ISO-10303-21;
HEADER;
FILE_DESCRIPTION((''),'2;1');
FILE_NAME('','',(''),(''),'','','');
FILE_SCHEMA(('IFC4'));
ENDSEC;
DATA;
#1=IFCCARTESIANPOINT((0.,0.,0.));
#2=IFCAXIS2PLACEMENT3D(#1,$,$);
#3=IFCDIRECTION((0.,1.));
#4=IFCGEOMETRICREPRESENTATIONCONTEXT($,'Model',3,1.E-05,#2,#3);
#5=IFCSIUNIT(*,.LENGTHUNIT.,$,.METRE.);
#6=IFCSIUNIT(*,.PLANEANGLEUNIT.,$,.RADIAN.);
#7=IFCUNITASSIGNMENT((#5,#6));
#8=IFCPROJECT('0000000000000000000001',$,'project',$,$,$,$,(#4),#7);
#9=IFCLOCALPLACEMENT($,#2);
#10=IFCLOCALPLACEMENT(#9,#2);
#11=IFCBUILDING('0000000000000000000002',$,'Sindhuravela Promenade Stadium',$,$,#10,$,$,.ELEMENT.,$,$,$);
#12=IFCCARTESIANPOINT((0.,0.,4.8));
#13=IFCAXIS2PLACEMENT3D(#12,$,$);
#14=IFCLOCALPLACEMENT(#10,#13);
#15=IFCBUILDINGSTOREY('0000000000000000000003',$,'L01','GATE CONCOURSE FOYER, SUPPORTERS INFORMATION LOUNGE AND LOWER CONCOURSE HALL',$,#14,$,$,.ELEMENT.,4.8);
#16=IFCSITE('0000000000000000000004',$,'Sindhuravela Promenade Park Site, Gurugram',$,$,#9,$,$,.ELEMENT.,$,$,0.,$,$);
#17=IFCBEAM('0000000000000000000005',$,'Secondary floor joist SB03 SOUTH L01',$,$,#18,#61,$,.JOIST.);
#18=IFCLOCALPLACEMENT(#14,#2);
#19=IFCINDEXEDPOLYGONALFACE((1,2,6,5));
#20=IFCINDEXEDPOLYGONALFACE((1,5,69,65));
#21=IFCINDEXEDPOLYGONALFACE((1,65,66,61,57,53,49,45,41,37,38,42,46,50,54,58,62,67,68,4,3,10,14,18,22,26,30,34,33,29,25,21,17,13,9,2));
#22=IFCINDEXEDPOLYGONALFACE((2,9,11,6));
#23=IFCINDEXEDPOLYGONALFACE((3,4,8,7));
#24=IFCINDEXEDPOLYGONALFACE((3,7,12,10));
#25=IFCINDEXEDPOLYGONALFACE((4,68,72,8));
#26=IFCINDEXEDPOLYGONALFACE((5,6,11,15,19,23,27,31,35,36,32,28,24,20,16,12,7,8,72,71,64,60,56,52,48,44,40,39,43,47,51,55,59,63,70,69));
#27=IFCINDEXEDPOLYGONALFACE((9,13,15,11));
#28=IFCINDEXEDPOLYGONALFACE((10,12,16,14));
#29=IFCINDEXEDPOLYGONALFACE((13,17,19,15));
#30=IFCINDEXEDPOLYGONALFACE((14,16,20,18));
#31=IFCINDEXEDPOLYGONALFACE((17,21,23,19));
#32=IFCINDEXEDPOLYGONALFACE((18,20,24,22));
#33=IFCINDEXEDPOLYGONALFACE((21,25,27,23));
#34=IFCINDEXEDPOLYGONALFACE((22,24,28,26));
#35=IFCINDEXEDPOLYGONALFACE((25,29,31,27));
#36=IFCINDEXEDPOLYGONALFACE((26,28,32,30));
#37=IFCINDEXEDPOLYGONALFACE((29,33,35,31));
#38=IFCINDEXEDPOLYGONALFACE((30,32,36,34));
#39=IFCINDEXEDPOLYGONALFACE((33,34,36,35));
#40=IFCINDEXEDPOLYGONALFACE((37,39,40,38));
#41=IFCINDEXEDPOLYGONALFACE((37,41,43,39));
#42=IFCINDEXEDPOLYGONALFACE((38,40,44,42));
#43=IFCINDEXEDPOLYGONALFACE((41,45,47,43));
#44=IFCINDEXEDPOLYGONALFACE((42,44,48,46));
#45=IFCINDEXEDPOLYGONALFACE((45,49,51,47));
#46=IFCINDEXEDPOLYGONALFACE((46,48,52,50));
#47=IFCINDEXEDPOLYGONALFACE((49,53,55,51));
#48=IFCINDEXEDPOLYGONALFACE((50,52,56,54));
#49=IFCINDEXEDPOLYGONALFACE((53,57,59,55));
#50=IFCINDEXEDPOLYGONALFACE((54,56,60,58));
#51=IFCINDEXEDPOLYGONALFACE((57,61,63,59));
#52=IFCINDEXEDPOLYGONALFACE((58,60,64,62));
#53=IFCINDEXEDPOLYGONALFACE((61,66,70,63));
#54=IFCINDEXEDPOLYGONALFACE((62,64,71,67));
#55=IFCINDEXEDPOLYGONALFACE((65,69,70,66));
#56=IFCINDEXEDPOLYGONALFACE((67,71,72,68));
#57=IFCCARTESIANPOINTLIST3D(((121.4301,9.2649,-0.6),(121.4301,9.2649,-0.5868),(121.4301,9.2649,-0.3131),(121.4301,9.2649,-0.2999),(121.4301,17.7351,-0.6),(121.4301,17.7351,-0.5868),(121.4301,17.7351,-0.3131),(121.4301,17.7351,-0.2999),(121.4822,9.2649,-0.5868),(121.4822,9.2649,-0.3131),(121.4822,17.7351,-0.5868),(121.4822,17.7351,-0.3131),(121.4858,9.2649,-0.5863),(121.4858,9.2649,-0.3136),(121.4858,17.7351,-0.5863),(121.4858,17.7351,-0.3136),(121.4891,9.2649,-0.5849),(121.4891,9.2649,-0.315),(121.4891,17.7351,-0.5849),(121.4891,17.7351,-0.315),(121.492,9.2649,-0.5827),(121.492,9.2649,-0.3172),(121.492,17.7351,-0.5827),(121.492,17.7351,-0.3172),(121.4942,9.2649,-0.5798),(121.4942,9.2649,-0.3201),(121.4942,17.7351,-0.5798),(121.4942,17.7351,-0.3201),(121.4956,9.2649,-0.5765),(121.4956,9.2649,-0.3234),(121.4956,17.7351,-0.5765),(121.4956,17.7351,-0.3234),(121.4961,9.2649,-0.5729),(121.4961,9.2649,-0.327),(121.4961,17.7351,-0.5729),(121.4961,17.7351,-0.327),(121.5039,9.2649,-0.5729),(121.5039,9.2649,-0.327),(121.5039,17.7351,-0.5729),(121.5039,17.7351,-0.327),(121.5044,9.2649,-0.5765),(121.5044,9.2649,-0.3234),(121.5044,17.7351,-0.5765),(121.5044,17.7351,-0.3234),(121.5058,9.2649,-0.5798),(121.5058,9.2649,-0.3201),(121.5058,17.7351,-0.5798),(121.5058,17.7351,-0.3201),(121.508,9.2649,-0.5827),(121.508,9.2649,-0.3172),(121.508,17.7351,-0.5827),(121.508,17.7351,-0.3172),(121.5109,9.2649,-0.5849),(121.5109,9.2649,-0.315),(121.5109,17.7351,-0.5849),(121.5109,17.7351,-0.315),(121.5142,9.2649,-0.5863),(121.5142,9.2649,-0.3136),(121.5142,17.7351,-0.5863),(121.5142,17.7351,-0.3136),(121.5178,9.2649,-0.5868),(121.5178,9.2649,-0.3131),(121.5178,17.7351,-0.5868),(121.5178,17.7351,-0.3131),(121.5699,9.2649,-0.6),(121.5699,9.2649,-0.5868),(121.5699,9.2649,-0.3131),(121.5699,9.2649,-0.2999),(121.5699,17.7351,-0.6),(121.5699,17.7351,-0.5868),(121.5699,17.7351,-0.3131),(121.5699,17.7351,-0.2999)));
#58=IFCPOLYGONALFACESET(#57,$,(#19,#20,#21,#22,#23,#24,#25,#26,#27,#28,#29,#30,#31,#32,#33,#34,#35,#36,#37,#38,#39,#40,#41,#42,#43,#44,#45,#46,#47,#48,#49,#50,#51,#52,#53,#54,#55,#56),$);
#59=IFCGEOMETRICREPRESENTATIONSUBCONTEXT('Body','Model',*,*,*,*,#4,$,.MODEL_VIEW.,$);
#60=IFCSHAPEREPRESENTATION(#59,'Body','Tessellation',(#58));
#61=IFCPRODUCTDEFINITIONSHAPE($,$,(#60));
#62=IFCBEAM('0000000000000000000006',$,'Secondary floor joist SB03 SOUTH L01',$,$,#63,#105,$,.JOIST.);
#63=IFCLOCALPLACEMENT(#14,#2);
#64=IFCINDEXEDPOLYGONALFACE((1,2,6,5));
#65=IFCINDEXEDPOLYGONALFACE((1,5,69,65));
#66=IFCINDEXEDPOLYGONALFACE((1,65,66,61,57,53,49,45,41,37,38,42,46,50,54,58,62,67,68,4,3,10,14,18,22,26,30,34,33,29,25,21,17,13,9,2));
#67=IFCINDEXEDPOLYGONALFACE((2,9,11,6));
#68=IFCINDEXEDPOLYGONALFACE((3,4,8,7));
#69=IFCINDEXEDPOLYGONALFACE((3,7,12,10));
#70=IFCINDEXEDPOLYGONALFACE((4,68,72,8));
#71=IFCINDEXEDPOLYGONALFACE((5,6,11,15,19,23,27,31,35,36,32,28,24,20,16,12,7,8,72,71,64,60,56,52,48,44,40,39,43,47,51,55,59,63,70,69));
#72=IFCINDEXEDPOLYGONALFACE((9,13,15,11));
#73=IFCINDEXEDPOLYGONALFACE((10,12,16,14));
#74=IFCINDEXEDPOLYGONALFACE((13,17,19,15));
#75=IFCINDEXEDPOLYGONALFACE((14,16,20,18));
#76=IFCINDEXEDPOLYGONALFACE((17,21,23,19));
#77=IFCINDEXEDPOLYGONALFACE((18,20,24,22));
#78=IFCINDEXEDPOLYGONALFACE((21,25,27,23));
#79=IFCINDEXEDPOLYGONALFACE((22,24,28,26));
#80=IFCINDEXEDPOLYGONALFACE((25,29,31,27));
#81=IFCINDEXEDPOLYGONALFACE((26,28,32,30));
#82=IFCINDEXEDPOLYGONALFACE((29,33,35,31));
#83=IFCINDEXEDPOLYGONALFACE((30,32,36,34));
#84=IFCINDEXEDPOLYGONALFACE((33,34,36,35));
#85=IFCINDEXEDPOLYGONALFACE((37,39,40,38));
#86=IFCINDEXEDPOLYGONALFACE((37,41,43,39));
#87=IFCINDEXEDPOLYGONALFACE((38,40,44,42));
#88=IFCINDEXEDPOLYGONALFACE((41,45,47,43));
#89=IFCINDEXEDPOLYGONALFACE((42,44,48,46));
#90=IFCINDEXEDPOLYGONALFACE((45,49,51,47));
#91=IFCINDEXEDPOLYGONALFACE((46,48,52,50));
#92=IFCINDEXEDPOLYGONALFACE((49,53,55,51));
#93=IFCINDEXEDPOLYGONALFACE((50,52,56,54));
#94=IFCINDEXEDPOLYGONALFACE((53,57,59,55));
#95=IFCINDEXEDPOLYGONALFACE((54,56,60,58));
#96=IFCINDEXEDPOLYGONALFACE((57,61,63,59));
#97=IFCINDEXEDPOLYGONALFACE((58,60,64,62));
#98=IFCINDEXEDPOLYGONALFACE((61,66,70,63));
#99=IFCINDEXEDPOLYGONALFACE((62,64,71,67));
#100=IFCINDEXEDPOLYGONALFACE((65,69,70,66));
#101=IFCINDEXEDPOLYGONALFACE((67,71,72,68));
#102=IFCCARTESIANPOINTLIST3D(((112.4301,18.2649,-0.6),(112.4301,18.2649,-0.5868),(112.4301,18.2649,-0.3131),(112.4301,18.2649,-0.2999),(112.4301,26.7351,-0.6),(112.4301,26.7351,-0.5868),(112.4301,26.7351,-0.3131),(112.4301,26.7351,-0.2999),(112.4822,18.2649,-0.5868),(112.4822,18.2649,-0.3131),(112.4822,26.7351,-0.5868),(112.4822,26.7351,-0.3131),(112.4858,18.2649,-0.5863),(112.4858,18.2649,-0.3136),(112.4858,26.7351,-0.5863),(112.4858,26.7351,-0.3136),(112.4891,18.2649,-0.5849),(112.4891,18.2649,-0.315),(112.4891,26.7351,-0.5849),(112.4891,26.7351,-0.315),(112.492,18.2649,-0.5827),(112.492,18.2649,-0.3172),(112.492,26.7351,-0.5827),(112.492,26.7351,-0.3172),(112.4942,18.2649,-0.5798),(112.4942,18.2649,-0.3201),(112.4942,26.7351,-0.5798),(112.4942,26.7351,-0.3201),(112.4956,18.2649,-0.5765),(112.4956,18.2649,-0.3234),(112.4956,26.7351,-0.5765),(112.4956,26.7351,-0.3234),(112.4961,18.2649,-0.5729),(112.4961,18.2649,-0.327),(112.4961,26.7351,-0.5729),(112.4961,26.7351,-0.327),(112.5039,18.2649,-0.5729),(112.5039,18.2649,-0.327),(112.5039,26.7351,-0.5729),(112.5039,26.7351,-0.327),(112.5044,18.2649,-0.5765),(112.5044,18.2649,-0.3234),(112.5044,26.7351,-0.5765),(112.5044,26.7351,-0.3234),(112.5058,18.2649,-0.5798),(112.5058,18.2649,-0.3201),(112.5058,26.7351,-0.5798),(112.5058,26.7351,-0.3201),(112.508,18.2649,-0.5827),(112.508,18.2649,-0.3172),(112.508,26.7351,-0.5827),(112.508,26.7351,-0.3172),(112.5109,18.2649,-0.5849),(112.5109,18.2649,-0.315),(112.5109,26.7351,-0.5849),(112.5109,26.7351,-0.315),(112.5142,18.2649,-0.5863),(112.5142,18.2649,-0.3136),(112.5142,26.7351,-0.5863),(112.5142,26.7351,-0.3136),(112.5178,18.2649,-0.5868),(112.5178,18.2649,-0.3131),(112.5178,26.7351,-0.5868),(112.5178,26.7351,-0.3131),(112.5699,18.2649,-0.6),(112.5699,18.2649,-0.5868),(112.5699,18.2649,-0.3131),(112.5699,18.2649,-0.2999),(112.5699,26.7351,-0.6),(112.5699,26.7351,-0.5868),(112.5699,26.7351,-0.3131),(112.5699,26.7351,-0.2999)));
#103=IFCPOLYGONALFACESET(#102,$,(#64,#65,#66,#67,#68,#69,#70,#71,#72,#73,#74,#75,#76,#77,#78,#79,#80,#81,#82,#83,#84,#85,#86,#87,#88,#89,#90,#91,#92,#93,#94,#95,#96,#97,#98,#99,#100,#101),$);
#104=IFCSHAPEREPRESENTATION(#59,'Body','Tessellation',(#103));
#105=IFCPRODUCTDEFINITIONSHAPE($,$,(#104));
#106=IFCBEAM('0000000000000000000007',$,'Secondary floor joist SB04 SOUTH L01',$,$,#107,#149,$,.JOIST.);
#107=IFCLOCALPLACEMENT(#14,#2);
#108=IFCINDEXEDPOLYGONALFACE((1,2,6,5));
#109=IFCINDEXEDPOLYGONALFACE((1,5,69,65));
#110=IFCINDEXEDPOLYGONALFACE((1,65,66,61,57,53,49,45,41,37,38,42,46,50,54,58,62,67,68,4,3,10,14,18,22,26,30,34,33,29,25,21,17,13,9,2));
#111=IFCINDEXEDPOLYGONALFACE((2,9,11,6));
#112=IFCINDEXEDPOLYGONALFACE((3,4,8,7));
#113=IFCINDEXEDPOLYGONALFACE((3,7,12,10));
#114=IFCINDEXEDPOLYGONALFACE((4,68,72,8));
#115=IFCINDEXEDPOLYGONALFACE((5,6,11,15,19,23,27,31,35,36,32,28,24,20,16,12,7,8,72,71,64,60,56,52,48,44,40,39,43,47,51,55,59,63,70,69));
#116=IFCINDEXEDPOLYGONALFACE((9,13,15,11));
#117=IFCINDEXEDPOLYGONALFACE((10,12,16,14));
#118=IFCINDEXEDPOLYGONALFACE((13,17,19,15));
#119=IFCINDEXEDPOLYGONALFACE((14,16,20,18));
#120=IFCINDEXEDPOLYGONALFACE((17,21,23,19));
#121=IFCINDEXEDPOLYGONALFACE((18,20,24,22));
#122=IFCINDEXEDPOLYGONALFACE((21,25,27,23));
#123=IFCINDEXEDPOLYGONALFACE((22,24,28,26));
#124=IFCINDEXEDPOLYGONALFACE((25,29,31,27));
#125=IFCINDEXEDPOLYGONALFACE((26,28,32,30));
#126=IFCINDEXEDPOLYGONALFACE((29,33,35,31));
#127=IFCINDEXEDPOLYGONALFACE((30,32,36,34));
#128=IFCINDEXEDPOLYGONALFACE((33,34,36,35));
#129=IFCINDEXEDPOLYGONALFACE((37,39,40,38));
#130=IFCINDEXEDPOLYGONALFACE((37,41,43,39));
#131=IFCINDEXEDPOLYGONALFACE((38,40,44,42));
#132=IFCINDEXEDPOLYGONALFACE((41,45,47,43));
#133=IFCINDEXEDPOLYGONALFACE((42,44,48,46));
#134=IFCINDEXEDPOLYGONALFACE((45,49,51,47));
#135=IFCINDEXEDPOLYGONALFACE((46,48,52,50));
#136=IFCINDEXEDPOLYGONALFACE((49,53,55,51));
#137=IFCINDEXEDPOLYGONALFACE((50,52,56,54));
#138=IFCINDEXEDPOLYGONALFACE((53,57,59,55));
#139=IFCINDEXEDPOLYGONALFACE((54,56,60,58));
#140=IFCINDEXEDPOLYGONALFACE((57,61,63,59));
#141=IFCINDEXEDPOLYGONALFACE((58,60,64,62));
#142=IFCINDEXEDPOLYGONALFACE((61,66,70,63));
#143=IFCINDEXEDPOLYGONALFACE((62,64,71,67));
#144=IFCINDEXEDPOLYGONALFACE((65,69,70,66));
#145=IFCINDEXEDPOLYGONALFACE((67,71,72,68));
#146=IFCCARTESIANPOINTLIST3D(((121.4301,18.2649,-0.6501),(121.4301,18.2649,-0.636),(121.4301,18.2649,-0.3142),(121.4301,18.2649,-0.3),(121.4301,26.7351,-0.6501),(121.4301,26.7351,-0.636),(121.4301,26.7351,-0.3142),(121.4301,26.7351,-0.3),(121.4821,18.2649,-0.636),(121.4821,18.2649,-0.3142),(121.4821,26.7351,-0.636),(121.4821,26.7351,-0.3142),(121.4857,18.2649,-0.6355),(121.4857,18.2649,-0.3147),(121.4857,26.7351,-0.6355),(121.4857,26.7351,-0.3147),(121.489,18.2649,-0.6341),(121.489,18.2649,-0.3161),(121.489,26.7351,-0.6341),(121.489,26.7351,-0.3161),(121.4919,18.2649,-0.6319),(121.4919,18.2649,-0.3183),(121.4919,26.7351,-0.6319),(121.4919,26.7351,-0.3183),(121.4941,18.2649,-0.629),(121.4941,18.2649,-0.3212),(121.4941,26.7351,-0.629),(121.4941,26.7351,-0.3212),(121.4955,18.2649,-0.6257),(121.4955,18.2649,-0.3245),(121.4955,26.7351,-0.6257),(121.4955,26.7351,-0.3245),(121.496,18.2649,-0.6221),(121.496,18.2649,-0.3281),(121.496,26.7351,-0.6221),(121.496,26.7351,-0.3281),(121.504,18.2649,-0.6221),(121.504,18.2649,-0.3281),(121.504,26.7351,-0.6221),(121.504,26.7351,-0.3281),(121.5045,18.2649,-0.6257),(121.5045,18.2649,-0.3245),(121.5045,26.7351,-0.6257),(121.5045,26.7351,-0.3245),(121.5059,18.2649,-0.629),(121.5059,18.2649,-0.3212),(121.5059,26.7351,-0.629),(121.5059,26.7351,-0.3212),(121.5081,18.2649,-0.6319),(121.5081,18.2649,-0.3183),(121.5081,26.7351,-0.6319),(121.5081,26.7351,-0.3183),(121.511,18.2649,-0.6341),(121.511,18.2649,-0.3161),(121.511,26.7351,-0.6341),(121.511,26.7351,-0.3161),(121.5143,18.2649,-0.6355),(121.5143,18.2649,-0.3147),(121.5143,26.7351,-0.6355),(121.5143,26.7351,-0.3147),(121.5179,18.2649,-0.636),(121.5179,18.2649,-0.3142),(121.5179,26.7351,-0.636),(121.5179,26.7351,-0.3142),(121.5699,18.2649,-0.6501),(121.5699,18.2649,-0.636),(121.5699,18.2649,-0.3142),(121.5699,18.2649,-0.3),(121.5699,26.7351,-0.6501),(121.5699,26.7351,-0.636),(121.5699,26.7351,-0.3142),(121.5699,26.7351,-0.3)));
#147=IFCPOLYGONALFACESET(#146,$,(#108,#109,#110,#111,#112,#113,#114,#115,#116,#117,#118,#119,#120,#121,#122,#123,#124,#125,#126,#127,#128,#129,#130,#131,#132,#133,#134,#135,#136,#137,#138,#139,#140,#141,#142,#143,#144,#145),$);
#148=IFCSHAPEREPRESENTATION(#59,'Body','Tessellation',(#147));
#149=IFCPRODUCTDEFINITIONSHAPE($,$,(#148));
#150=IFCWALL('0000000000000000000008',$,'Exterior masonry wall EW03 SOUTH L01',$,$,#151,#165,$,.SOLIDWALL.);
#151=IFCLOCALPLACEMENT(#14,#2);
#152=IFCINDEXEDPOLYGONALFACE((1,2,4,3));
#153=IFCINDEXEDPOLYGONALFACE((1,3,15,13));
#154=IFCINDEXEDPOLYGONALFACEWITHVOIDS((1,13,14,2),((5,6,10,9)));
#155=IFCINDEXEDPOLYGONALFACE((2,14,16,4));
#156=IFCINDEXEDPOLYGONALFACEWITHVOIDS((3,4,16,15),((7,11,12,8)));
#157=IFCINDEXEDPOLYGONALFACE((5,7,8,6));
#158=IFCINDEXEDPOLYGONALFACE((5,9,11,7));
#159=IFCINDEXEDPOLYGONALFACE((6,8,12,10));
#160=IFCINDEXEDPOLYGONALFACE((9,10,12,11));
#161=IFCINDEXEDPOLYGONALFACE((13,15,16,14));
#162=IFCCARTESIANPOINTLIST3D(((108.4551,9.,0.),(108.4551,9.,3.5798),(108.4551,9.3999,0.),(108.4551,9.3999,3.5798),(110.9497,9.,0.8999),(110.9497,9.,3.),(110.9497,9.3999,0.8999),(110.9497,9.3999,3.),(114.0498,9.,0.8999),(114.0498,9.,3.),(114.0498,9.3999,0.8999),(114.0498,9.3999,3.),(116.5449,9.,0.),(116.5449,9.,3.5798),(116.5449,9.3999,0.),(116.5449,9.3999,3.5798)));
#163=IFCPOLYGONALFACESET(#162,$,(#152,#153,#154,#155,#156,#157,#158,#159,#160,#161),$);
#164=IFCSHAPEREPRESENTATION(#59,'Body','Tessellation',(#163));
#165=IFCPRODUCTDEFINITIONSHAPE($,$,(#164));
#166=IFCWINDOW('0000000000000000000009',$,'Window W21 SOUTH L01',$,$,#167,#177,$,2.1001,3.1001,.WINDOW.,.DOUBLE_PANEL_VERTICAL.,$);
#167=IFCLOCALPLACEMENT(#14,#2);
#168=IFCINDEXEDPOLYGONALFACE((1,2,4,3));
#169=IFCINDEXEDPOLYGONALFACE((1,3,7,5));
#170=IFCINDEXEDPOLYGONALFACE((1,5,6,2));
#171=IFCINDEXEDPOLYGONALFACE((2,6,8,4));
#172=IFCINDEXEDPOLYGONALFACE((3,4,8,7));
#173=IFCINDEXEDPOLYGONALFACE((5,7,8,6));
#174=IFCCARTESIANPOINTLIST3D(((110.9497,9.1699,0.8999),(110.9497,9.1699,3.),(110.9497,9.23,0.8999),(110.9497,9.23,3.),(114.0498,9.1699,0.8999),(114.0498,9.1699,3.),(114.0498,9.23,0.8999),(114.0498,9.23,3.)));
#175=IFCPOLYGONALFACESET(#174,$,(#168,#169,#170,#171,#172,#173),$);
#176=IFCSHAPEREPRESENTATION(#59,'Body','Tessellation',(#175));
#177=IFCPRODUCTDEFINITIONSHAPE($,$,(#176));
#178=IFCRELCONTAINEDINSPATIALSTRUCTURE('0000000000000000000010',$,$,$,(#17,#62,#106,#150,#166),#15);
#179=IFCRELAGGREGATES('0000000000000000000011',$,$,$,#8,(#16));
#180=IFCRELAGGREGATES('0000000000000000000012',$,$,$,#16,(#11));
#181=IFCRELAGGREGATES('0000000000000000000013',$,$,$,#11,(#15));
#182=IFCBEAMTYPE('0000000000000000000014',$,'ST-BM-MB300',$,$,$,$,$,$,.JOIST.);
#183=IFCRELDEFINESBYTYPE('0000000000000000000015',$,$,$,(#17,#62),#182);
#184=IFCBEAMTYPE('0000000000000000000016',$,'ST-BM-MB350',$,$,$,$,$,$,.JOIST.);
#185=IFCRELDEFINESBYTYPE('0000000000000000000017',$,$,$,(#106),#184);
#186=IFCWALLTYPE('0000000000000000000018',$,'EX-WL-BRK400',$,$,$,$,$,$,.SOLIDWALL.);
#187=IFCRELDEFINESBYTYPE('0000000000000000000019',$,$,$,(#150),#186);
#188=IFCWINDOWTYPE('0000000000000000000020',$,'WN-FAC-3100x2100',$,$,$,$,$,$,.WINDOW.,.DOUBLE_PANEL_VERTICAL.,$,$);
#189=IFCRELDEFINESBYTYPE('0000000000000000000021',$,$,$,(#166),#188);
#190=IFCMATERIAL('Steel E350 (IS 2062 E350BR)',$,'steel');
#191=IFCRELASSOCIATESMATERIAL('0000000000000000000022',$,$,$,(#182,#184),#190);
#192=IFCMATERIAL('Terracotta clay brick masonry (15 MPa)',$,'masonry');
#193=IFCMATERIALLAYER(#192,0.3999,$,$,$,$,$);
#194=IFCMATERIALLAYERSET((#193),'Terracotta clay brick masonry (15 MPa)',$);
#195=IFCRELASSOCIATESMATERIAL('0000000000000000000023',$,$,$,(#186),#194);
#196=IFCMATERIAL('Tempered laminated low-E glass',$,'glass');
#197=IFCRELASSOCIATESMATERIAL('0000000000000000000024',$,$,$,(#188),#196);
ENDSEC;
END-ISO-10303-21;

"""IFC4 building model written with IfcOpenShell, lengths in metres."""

from ifc_helpers import new_model, si_unit, direction, frame, frame_2d, origin, origin_2d, place, context, subcontext, project, spatial, rectangle, i_section, extrude, material, layer, layer_set, material_profile, profile_set, type_object, element, fill, save


model = new_model("IFC4")

# Units and contexts
model_context = context("Model", 3, precision=1e-05, world=origin(), true_north=direction((0.0, 1.0)))
body_context = subcontext(model_context, "Body", "Model", "MODEL_VIEW")
ifc_project = project(units=[si_unit("LENGTHUNIT", "METRE"), si_unit("PLANEANGLEUNIT", "RADIAN")], contexts=[model_context])

# Site, building, storey
site_placement = place(None, origin())
site = spatial("IfcSite", under=ifc_project, at=site_placement, Name="Sindhuravela Promenade Park Site, Gurugram", CompositionType="ELEMENT", RefElevation=0.0)
building_placement = place(site_placement, origin())
building = spatial("IfcBuilding", under=site, at=building_placement, Name="Sindhuravela Promenade Stadium", CompositionType="ELEMENT")
storey_placement = place(building_placement, frame((0.0, 0.0, 4.8)))
storey = spatial("IfcBuildingStorey", under=building, at=storey_placement, Name="L01", Description="GATE CONCOURSE FOYER, SUPPORTERS INFORMATION LOUNGE AND LOWER CONCOURSE HALL", CompositionType="ELEMENT", Elevation=4.8)

# Beams
ifc_material_1 = material(Name="Steel E350 (IS 2062 E350BR)", Category="steel")
ifc_material_profile_1 = material_profile(ifc_material_1, i_section(OverallWidth=0.1399, OverallDepth=0.3, WebThickness=0.0078, FlangeThickness=0.0132, FilletRadius=0.0139, at=origin_2d()), Name="ISMB 300")
ifc_profile_set_1 = profile_set([ifc_material_profile_1], Name="Steel E350 (IS 2062 E350BR)")
beam_type_1 = type_object("IfcBeamType", Name="ST-BM-MB300", PredefinedType="JOIST", material=ifc_profile_set_1)
for number, where, z_axis, x_axis, name in (
    (1, (121.5, 9.2649, -0.45), (0.0, 1.0, 0.0), (-1.0, 0.0, 0.0), "Secondary floor joist SB03 SOUTH L01"),
    (2, (112.5, 18.2649, -0.45), (0.0, 1.0, 0.0), (-1.0, 0.0, 0.0), "Secondary floor joist SB03 SOUTH L01"),
):
    element("IfcBeam", number, at=place(storey_placement, frame(where, z_axis=z_axis, x_axis=x_axis)), inside=storey, type_object=beam_type_1, Name=name, PredefinedType="JOIST", context=body_context, shape_type="SweptSolid", body=[
        extrude(i_section(OverallWidth=0.1399, OverallDepth=0.3, WebThickness=0.0078, FlangeThickness=0.0132, FilletRadius=0.0139, at=origin_2d()), origin(), (0.0, 0.0, 1.0), 8.4702),
    ])
ifc_material_profile_2 = material_profile(ifc_material_1, i_section(OverallWidth=0.1399, OverallDepth=0.3501, WebThickness=0.0081, FlangeThickness=0.0142, FilletRadius=0.0139, at=origin_2d()), Name="ISMB 350")
ifc_profile_set_2 = profile_set([ifc_material_profile_2], Name="Steel E350 (IS 2062 E350BR)")
beam_type_2 = type_object("IfcBeamType", Name="ST-BM-MB350", PredefinedType="JOIST", material=ifc_profile_set_2)
beam_1_placement = place(storey_placement, frame((121.5, 18.2649, -0.4751), z_axis=(0.0, 1.0, 0.0), x_axis=(-1.0, 0.0, 0.0)))
element("IfcBeam", 3, at=beam_1_placement, inside=storey, type_object=beam_type_2, Name="Secondary floor joist SB04 SOUTH L01", PredefinedType="JOIST", context=body_context, shape_type="SweptSolid", body=[
    extrude(i_section(OverallWidth=0.1399, OverallDepth=0.3501, WebThickness=0.0081, FlangeThickness=0.0142, FilletRadius=0.0139, at=origin_2d()), origin(), (0.0, 0.0, 1.0), 8.4702),
])

# Wall, opening, window
ifc_material_2 = material(Name="Terracotta clay brick masonry (15 MPa)", Category="masonry")
ifc_layer_1 = layer(ifc_material_2, 0.3999)
ifc_layer_set_1 = layer_set([ifc_layer_1], Name="Terracotta clay brick masonry (15 MPa)")
wall_type_1 = type_object("IfcWallType", Name="EX-WL-BRK400", PredefinedType="SOLIDWALL", material=ifc_layer_set_1)
wall_1_placement = place(storey_placement, frame((116.5449, 9.2, 0.0), z_axis=(0.0, 0.0, 1.0), x_axis=(-1.0, 0.0, 0.0)))
wall_1 = element("IfcWall", 4, at=wall_1_placement, inside=storey, type_object=wall_type_1, Name="Exterior masonry wall EW03 SOUTH L01", PredefinedType="SOLIDWALL", context=body_context, shape_type="SweptSolid", body=[
    extrude(rectangle(XDim=8.0898, YDim=0.3999, at=frame_2d((4.0449, 0.0))), origin(), (0.0, 0.0, 1.0), 3.5798),
])
opening_1_placement = place(wall_1_placement, frame((2.4951, 0.0, 0.8999)))
opening_1 = element("IfcOpeningElement", 5, at=opening_1_placement, cuts=wall_1, PredefinedType="OPENING", context=body_context, shape_type="SweptSolid", body=[
    extrude(rectangle(XDim=3.1001, YDim=2.1001, at=frame_2d((1.55, 1.05))), frame((0.0, 0.21, 0.0), z_axis=(0.0, -1.0, 0.0), x_axis=(1.0, 0.0, 0.0)), (0.0, 0.0, 1.0), 0.4199),
])
ifc_material_3 = material(Name="Tempered laminated low-E glass", Category="glass")
window_type_1 = type_object("IfcWindowType", Name="WN-FAC-3100x2100", PartitioningType="DOUBLE_PANEL_VERTICAL", PredefinedType="WINDOW", material=ifc_material_3)
window_1_placement = place(opening_1_placement, origin())
window_1 = element("IfcWindow", 6, at=window_1_placement, inside=storey, type_object=window_type_1, Name="Window W21 SOUTH L01", OverallHeight=2.1001, OverallWidth=3.1001, PartitioningType="DOUBLE_PANEL_VERTICAL", PredefinedType="WINDOW", context=body_context, shape_type="SweptSolid", body=[
    extrude(rectangle(XDim=3.1001, YDim=2.1001, at=frame_2d((1.55, 1.05))), frame((0.0, 0.03, 0.0), z_axis=(0.0, -1.0, 0.0), x_axis=(1.0, 0.0, 0.0)), (0.0, 0.0, 1.0), 0.0601),
])
fill(opening_1, window_1)

save(model, "model.ifc")
